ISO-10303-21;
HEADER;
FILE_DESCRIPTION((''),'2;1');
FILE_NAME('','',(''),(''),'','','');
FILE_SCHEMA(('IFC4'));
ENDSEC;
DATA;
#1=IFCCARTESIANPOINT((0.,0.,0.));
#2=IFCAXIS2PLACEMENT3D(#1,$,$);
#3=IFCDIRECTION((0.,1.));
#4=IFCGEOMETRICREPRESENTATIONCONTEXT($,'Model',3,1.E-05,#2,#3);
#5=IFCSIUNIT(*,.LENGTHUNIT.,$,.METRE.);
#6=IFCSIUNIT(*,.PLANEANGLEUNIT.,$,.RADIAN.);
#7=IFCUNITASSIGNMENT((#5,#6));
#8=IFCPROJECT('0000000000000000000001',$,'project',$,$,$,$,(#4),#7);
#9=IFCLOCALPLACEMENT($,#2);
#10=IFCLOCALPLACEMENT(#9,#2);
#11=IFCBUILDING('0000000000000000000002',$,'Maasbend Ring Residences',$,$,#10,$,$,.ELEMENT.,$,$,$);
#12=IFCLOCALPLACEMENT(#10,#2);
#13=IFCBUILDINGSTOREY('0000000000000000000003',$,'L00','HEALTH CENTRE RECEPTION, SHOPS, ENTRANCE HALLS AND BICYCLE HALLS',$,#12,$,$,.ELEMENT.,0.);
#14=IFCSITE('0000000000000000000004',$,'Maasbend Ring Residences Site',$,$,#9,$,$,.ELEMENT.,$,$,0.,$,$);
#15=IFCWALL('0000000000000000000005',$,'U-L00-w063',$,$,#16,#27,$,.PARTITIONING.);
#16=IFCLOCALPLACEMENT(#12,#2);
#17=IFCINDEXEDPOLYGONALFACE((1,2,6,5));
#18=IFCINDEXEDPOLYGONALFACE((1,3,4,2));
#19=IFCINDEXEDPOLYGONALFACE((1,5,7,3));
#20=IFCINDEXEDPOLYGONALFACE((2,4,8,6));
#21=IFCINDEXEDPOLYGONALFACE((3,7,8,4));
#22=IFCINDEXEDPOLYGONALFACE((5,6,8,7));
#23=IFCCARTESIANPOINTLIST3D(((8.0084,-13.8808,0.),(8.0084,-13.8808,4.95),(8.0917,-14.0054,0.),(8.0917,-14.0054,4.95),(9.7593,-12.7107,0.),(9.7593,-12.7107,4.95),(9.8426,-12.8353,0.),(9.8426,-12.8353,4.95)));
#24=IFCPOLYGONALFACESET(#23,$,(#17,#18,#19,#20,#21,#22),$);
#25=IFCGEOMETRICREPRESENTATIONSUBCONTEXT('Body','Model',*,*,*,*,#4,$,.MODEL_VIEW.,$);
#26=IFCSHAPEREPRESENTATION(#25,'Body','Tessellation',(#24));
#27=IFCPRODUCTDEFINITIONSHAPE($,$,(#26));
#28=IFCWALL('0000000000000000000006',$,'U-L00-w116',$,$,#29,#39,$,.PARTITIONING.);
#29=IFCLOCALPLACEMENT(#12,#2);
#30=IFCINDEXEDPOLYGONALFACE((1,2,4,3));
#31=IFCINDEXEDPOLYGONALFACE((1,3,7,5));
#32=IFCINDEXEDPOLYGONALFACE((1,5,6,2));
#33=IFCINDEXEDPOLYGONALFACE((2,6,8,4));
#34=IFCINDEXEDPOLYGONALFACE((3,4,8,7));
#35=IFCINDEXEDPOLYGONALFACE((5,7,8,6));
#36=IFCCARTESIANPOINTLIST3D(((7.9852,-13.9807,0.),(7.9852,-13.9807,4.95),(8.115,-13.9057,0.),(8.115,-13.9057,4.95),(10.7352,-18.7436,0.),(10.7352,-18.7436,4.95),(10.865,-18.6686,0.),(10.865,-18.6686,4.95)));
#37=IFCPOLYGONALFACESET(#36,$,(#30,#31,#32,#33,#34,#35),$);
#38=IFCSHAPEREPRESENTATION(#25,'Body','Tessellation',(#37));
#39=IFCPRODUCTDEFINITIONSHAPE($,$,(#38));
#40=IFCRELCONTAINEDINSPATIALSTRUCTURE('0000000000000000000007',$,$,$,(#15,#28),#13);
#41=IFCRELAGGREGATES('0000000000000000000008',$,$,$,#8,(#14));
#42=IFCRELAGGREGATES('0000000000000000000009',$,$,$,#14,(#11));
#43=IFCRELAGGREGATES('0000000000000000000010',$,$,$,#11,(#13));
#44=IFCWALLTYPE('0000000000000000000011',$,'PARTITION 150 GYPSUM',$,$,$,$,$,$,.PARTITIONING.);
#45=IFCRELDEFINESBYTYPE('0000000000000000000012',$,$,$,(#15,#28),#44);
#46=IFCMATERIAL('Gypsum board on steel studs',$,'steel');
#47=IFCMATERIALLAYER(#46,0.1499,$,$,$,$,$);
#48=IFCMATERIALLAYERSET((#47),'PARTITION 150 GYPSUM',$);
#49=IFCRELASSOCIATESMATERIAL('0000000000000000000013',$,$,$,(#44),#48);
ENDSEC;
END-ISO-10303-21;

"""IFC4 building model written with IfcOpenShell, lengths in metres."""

from ifc_helpers import new_model, si_unit, direction, frame, frame_2d, origin, place, context, subcontext, project, spatial, rectangle, extrude, material, layer, layer_set, type_object, element, save


model = new_model("IFC4")

# Units and contexts
model_context = context("Model", 3, precision=1e-05, world=origin(), true_north=direction((0.0, 1.0)))
body_context = subcontext(model_context, "Body", "Model", "MODEL_VIEW")
ifc_project = project(units=[si_unit("LENGTHUNIT", "METRE"), si_unit("PLANEANGLEUNIT", "RADIAN")], contexts=[model_context])

# Site, building, storey
site_placement = place(None, origin())
site = spatial("IfcSite", under=ifc_project, at=site_placement, Name="Maasbend Ring Residences Site", CompositionType="ELEMENT", RefElevation=0.0)
building_placement = place(site_placement, origin())
building = spatial("IfcBuilding", under=site, at=building_placement, Name="Maasbend Ring Residences", CompositionType="ELEMENT")
storey_placement = place(building_placement, origin())
storey = spatial("IfcBuildingStorey", under=building, at=storey_placement, Name="L00", Description="HEALTH CENTRE RECEPTION, SHOPS, ENTRANCE HALLS AND BICYCLE HALLS", CompositionType="ELEMENT", Elevation=0.0)

# Walls
ifc_material_1 = material(Name="Gypsum board on steel studs", Category="steel")
ifc_layer_1 = layer(ifc_material_1, 0.1499)
ifc_layer_set_1 = layer_set([ifc_layer_1], Name="PARTITION 150 GYPSUM")
wall_type_1 = type_object("IfcWallType", Name="PARTITION 150 GYPSUM", PredefinedType="PARTITIONING", material=ifc_layer_set_1)
for number, where, z_axis, x_axis, name in (
    (1, (8.05, -13.9431, 0.0), (0.0, 0.0, 1.0), (0.831426, 0.555636, 0.0), "U-L00-w063"),
):
    element("IfcWall", number, at=place(storey_placement, frame(where, z_axis=z_axis, x_axis=x_axis)), inside=storey, type_object=wall_type_1, Name=name, PredefinedType="PARTITIONING", context=body_context, shape_type="SweptSolid", body=[
        extrude(rectangle(XDim=2.106, YDim=0.1499, at=frame_2d((1.053, 0.0))), origin(), (0.0, 0.0, 1.0), 4.95),
    ])
wall_1_placement = place(storey_placement, frame((8.05, -13.9431, 0.0), z_axis=(0.0, 0.0, 1.0), x_axis=(0.500016, -0.866016, 0.0)))
element("IfcWall", 2, at=wall_1_placement, inside=storey, type_object=wall_type_1, Name="U-L00-w116", PredefinedType="PARTITIONING", context=body_context, shape_type="SweptSolid", body=[
    extrude(rectangle(XDim=5.4998, YDim=0.1499, at=frame_2d((2.75, 0.0))), origin(), (0.0, 0.0, 1.0), 4.95),
])

save(model, "model.ifc")
